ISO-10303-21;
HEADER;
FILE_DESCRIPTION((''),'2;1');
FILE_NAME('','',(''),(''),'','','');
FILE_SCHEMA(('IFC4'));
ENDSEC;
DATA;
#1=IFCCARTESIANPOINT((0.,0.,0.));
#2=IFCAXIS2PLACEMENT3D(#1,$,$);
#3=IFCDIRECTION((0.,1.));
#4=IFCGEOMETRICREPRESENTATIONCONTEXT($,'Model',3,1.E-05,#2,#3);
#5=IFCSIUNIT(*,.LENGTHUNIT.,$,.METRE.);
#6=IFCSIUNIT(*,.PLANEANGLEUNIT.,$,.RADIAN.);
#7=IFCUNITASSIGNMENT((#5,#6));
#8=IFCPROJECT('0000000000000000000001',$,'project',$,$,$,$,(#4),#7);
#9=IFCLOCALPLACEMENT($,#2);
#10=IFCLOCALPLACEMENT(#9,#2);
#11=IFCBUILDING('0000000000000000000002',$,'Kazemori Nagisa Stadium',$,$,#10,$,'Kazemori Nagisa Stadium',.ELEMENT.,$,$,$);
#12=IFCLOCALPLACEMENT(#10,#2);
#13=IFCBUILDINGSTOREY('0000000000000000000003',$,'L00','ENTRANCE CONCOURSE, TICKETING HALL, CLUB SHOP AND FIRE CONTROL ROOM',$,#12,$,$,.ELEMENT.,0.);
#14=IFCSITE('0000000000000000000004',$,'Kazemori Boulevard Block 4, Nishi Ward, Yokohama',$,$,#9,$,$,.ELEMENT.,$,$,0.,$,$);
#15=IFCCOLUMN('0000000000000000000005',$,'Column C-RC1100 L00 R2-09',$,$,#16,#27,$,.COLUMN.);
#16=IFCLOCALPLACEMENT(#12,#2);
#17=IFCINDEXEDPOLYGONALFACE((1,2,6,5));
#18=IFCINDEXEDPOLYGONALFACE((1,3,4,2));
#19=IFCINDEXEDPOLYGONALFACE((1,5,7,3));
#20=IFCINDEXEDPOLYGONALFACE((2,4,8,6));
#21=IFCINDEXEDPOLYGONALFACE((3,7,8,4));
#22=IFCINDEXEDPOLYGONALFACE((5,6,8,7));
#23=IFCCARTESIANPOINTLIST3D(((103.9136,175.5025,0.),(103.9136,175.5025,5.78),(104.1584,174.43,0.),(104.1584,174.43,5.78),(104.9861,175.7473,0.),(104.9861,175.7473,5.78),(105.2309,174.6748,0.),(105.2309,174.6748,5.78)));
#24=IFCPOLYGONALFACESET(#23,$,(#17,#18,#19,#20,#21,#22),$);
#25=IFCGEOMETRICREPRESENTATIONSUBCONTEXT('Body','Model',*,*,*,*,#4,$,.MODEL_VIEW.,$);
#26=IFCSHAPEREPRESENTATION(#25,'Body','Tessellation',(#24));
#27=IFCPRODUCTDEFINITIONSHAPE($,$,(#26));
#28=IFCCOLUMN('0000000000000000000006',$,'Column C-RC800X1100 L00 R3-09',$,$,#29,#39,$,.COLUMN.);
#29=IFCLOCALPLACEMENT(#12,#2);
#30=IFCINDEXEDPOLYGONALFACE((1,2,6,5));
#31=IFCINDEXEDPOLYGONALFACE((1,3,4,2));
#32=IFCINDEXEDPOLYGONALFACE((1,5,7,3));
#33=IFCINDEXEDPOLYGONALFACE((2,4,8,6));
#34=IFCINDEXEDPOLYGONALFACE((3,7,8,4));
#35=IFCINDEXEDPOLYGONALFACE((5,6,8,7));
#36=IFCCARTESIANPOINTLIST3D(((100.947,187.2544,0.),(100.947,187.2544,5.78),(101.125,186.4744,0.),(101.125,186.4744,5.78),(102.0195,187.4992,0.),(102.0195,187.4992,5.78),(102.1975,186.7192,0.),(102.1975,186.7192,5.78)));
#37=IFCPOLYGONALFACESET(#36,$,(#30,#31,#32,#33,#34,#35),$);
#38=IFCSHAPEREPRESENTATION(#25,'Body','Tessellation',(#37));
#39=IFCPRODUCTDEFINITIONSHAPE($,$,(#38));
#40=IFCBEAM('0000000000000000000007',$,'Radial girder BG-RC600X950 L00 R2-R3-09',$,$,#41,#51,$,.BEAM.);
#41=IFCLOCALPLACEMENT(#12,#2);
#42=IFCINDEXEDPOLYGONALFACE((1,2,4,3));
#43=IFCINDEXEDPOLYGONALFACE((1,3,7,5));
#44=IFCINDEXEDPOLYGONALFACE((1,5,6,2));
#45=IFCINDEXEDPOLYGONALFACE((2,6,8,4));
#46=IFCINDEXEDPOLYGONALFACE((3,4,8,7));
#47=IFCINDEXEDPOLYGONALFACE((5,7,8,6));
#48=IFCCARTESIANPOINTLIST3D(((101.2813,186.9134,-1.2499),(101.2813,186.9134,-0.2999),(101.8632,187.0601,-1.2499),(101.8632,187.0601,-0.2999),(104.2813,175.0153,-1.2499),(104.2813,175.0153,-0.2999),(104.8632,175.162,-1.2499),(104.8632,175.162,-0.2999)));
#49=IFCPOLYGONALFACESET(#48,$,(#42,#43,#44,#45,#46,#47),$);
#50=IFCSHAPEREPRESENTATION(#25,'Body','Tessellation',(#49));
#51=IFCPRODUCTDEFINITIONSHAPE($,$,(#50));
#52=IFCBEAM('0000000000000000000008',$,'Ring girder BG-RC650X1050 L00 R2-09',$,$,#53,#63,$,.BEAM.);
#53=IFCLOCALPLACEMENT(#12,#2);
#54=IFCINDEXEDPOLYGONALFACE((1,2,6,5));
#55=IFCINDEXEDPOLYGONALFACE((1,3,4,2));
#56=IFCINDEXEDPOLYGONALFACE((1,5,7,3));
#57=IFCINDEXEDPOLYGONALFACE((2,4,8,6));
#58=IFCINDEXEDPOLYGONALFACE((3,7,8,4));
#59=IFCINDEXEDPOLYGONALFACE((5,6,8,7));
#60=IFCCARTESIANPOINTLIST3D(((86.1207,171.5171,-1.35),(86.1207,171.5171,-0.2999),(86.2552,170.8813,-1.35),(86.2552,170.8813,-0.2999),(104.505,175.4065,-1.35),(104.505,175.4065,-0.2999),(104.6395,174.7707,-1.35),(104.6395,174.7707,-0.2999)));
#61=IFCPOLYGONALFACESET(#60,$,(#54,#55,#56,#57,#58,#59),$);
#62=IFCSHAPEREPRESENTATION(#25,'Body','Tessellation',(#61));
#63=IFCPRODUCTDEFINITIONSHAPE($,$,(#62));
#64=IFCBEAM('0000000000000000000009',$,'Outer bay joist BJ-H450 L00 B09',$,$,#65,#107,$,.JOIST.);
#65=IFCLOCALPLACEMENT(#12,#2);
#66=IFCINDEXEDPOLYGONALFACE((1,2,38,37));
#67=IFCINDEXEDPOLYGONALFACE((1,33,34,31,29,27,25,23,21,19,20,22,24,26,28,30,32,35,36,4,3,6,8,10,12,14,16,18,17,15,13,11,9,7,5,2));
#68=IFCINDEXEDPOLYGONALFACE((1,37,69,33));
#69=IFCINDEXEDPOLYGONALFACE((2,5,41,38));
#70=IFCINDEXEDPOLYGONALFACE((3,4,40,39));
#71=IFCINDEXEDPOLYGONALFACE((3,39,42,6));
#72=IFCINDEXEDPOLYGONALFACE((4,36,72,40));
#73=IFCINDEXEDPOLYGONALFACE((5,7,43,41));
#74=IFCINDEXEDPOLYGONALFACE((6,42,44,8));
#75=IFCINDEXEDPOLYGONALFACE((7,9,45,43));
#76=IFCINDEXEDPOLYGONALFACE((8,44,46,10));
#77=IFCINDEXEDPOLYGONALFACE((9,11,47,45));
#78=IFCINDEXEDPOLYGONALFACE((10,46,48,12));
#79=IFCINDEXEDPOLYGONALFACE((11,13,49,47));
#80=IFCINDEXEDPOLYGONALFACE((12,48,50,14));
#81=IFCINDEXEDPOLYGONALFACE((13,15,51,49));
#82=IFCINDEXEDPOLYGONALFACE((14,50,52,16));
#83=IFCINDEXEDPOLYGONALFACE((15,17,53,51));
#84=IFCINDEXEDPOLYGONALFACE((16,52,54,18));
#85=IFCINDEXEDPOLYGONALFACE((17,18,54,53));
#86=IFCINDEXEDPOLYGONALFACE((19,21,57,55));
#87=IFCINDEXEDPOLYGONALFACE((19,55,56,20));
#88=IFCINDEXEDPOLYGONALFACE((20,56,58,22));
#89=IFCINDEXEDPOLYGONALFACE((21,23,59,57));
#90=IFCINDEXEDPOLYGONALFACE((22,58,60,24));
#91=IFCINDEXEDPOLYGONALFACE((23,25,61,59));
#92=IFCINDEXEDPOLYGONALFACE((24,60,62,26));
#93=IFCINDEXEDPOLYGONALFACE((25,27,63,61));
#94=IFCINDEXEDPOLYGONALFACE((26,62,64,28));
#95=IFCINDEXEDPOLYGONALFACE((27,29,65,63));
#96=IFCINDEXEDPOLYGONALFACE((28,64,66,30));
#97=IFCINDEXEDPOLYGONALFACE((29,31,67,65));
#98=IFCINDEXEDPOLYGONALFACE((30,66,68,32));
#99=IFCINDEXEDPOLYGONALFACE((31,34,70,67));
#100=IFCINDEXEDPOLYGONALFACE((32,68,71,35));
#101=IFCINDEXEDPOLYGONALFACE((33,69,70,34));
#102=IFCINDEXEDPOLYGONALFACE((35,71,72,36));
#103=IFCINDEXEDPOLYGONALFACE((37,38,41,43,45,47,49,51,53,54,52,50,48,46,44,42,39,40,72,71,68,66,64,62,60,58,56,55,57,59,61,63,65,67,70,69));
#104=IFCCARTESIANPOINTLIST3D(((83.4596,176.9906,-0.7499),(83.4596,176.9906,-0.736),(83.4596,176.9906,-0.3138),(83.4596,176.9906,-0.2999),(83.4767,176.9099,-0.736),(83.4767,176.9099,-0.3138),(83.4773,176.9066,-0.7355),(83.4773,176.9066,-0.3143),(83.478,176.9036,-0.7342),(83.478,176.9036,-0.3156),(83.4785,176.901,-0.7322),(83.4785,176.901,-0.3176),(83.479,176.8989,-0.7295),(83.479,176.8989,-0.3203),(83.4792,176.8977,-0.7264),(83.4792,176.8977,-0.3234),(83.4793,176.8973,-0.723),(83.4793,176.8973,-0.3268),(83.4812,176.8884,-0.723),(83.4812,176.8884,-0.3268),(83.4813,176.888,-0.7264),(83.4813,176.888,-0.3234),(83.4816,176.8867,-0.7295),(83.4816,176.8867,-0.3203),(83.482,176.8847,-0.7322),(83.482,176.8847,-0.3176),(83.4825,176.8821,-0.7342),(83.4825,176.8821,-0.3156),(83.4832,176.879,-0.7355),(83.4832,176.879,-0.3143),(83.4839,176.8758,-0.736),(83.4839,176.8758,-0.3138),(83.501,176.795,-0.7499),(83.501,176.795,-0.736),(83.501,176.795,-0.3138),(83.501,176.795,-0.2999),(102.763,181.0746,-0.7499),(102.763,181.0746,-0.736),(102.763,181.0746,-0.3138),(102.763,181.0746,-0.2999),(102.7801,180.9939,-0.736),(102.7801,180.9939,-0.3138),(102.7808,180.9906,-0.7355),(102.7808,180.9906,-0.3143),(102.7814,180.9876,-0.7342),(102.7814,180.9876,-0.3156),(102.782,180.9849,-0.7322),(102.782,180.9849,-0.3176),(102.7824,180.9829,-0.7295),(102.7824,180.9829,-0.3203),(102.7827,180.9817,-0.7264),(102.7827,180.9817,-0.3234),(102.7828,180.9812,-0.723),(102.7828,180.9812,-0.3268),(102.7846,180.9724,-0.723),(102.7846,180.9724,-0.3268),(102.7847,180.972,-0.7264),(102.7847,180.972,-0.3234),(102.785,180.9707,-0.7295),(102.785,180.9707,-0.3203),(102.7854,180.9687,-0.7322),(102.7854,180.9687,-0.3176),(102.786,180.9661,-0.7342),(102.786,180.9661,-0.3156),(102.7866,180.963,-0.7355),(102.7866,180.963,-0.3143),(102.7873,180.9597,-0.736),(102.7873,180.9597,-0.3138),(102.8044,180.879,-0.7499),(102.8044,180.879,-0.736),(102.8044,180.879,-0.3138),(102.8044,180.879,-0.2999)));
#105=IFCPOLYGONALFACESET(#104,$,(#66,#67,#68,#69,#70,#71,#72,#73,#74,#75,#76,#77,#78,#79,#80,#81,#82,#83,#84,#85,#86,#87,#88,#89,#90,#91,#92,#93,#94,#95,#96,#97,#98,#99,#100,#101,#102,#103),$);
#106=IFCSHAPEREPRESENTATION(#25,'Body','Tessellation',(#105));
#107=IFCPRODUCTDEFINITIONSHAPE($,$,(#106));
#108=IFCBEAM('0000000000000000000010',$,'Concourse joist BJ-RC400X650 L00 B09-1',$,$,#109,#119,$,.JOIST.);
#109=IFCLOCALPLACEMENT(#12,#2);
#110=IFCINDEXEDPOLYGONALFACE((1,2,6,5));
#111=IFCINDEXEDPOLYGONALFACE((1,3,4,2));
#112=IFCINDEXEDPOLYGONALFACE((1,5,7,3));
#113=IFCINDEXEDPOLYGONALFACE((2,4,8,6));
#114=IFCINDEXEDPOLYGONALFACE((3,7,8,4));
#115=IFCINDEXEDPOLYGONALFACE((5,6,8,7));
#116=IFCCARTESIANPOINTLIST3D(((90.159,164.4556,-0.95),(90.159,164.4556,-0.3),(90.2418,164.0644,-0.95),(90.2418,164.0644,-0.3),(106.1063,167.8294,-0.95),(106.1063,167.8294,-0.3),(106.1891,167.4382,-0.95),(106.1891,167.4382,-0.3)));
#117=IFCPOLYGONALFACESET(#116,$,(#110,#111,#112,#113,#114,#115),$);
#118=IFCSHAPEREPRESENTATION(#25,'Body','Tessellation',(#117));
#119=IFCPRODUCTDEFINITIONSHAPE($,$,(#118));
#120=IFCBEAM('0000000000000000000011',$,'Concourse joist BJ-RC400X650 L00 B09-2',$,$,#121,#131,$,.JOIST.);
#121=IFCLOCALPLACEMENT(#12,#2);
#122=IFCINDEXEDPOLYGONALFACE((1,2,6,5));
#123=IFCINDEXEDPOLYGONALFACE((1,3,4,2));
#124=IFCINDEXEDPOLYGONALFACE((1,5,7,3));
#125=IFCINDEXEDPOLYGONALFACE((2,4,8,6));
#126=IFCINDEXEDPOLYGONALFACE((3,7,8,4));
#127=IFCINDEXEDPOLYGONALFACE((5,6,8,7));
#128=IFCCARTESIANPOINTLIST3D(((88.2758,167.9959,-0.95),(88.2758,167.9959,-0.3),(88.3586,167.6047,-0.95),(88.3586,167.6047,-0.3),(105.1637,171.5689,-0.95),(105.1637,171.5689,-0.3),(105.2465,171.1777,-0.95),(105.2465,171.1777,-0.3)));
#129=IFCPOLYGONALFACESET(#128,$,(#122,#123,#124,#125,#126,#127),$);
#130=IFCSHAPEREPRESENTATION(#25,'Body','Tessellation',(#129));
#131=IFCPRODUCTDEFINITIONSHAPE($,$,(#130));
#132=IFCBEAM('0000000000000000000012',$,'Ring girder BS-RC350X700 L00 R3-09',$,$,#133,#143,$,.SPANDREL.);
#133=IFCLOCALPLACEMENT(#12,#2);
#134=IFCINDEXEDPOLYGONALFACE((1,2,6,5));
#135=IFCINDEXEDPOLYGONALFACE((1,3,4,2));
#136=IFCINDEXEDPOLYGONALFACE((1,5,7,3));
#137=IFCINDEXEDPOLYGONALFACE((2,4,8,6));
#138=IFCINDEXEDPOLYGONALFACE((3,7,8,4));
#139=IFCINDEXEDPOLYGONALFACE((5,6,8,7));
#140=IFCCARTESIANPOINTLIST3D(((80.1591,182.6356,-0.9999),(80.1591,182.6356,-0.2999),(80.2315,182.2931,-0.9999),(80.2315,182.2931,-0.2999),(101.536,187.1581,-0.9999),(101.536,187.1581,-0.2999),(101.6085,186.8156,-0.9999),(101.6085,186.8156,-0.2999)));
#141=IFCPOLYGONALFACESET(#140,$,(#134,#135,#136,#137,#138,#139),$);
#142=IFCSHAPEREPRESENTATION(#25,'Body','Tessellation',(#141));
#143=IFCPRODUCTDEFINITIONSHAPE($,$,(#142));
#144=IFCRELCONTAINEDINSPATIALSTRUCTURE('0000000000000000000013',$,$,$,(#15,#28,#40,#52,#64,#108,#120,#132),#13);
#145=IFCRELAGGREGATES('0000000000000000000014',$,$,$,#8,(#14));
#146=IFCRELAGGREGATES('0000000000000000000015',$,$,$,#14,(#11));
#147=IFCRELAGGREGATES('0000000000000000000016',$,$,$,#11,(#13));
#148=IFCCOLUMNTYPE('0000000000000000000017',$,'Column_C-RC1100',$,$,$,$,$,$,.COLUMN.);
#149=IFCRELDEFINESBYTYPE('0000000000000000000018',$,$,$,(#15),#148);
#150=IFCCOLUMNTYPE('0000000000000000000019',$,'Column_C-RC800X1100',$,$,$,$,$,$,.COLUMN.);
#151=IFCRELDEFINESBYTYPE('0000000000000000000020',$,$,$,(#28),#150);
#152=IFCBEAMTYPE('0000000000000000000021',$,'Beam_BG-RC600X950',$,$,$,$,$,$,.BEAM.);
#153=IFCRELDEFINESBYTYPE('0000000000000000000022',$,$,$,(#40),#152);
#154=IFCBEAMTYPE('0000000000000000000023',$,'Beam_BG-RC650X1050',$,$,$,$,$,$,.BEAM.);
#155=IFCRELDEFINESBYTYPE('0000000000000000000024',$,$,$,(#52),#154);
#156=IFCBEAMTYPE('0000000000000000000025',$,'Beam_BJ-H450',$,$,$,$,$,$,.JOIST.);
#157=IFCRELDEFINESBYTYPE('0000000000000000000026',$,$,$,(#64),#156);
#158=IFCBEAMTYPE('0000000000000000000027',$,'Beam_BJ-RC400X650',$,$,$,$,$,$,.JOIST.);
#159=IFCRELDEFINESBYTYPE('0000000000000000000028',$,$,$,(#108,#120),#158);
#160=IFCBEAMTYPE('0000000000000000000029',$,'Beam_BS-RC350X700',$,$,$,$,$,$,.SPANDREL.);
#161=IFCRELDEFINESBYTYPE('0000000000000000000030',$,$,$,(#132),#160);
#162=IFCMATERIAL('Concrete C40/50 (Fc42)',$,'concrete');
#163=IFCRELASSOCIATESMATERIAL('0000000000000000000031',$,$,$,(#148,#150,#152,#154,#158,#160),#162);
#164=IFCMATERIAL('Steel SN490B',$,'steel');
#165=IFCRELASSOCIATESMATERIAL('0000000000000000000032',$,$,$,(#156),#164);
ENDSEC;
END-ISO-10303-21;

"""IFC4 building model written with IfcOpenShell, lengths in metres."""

from ifc_helpers import new_model, si_unit, direction, frame, origin, origin_2d, place, context, subcontext, project, spatial, rectangle, i_section, extrude, material, material_profile, profile_set, type_object, element, save


model = new_model("IFC4")

# Units and contexts
model_context = context("Model", 3, precision=1e-05, world=origin(), true_north=direction((0.0, 1.0)))
body_context = subcontext(model_context, "Body", "Model", "MODEL_VIEW")
ifc_project = project(units=[si_unit("LENGTHUNIT", "METRE"), si_unit("PLANEANGLEUNIT", "RADIAN")], contexts=[model_context])

# Site, building, storey
site_placement = place(None, origin())
site = spatial("IfcSite", under=ifc_project, at=site_placement, Name="Kazemori Boulevard Block 4, Nishi Ward, Yokohama", CompositionType="ELEMENT", RefElevation=0.0)
building_placement = place(site_placement, origin())
building = spatial("IfcBuilding", under=site, at=building_placement, Name="Kazemori Nagisa Stadium", LongName="Kazemori Nagisa Stadium", CompositionType="ELEMENT")
storey_placement = place(building_placement, origin())
storey = spatial("IfcBuildingStorey", under=building, at=storey_placement, Name="L00", Description="ENTRANCE CONCOURSE, TICKETING HALL, CLUB SHOP AND FIRE CONTROL ROOM", CompositionType="ELEMENT", Elevation=0.0)

# Columns
ifc_material_1 = material(Name="Concrete C40/50 (Fc42)", Category="concrete")
ifc_material_profile_1 = material_profile(ifc_material_1, rectangle(XDim=1.1001, YDim=1.1001, at=origin_2d()), Name="RC-COL-1100x1100")
ifc_profile_set_1 = profile_set([ifc_material_profile_1], Name="Concrete C40/50 (Fc42)")
column_type_1 = type_object("IfcColumnType", Name="Column_C-RC1100", PredefinedType="COLUMN", material=ifc_profile_set_1)
column_1_placement = place(storey_placement, frame((104.5723, 175.0886, 0.0), z_axis=(0.0, 0.0, 1.0), x_axis=(-0.222521, 0.974928, 0.0)))
element("IfcColumn", 1, at=column_1_placement, inside=storey, type_object=column_type_1, Name="Column C-RC1100 L00 R2-09", PredefinedType="COLUMN", context=body_context, shape_type="SweptSolid", body=[
    extrude(rectangle(XDim=1.1001, YDim=1.1001, at=origin_2d()), origin(), (0.0, 0.0, 1.0), 5.78),
])
ifc_material_profile_2 = material_profile(ifc_material_1, rectangle(XDim=0.8, YDim=1.1001, at=origin_2d()), Name="RC-COL-800x1100")
ifc_profile_set_2 = profile_set([ifc_material_profile_2], Name="Concrete C40/50 (Fc42)")
column_type_2 = type_object("IfcColumnType", Name="Column_C-RC800X1100", PredefinedType="COLUMN", material=ifc_profile_set_2)
column_2_placement = place(storey_placement, frame((101.5723, 186.9868, 0.0), z_axis=(0.0, 0.0, 1.0), x_axis=(-0.222521, 0.974928, 0.0)))
element("IfcColumn", 2, at=column_2_placement, inside=storey, type_object=column_type_2, Name="Column C-RC800X1100 L00 R3-09", PredefinedType="COLUMN", context=body_context, shape_type="SweptSolid", body=[
    extrude(rectangle(XDim=0.8, YDim=1.1001, at=origin_2d()), origin(), (0.0, 0.0, 1.0), 5.78),
])

# Beams
ifc_material_profile_3 = material_profile(ifc_material_1, rectangle(XDim=0.6001, YDim=0.95, at=origin_2d()), Name="RC-BM-600x950")
ifc_profile_set_3 = profile_set([ifc_material_profile_3], Name="Concrete C40/50 (Fc42)")
beam_type_1 = type_object("IfcBeamType", Name="Beam_BG-RC600X950", PredefinedType="BEAM", material=ifc_profile_set_3)
beam_1_placement = place(storey_placement, frame((104.5723, 175.0886, -0.7749), z_axis=(-0.244487, 0.969652, 0.0), x_axis=(-0.969652, -0.244487, 0.0)))
element("IfcBeam", 3, at=beam_1_placement, inside=storey, type_object=beam_type_1, Name="Radial girder BG-RC600X950 L00 R2-R3-09", PredefinedType="BEAM", context=body_context, shape_type="SweptSolid", body=[
    extrude(rectangle(XDim=0.6001, YDim=0.95, at=origin_2d()), origin(), (0.0, 0.0, 1.0), 12.2705),
])
ifc_material_profile_4 = material_profile(ifc_material_1, rectangle(XDim=0.6499, YDim=1.05, at=origin_2d()), Name="RC-BM-650x1050")
ifc_profile_set_4 = profile_set([ifc_material_profile_4], Name="Concrete C40/50 (Fc42)")
beam_type_2 = type_object("IfcBeamType", Name="Beam_BG-RC650X1050", PredefinedType="BEAM", material=ifc_profile_set_4)
beam_2_placement = place(storey_placement, frame((104.5723, 175.0886, -0.825), z_axis=(-0.978345, -0.20698, 0.0), x_axis=(0.20698, -0.978345, 0.0)))
element("IfcBeam", 4, at=beam_2_placement, inside=storey, type_object=beam_type_2, Name="Ring girder BG-RC650X1050 L00 R2-09", PredefinedType="BEAM", context=body_context, shape_type="SweptSolid", body=[
    extrude(rectangle(XDim=0.6499, YDim=1.05, at=origin_2d()), origin(), (0.0, 0.0, 1.0), 18.7913),
])
ifc_material_2 = material(Name="Steel SN490B", Category="steel")
ifc_material_profile_5 = material_profile(ifc_material_2, i_section(OverallWidth=0.2, OverallDepth=0.45, WebThickness=0.009, FlangeThickness=0.0139, FilletRadius=0.0129, at=origin_2d()), Name="H-450x200x9x14")
ifc_profile_set_5 = profile_set([ifc_material_profile_5], Name="Steel SN490B")
beam_type_3 = type_object("IfcBeamType", Name="Beam_BJ-H450", PredefinedType="JOIST", material=ifc_profile_set_5)
beam_3_placement = place(storey_placement, frame((102.7837, 180.9768, -0.5249), z_axis=(-0.978344, -0.206986, 0.0), x_axis=(0.206986, -0.978344, 0.0)))
element("IfcBeam", 5, at=beam_3_placement, inside=storey, type_object=beam_type_3, Name="Outer bay joist BJ-H450 L00 B09", PredefinedType="JOIST", context=body_context, shape_type="SweptSolid", body=[
    extrude(i_section(OverallWidth=0.2, OverallDepth=0.45, WebThickness=0.009, FlangeThickness=0.0139, FilletRadius=0.0129, at=origin_2d()), origin(), (0.0, 0.0, 1.0), 19.7307),
])
ifc_material_profile_6 = material_profile(ifc_material_1, rectangle(XDim=0.3999, YDim=0.6499, at=origin_2d()), Name="RC-BM-400x650")
ifc_profile_set_6 = profile_set([ifc_material_profile_6], Name="Concrete C40/50 (Fc42)")
beam_type_4 = type_object("IfcBeamType", Name="Beam_BJ-RC400X650", PredefinedType="JOIST", material=ifc_profile_set_6)
beam_4_placement = place(storey_placement, frame((106.1477, 167.6338, -0.625), z_axis=(-0.978346, -0.206977, 0.0), x_axis=(0.206977, -0.978346, 0.0)))
element("IfcBeam", 6, at=beam_4_placement, inside=storey, type_object=beam_type_4, Name="Concourse joist BJ-RC400X650 L00 B09-1", PredefinedType="JOIST", context=body_context, shape_type="SweptSolid", body=[
    extrude(rectangle(XDim=0.3999, YDim=0.6499, at=origin_2d()), origin(), (0.0, 0.0, 1.0), 16.3003),
])
beam_5_placement = place(storey_placement, frame((105.2051, 171.3733, -0.625), z_axis=(-0.978343, -0.206989, 0.0), x_axis=(0.206989, -0.978343, 0.0)))
element("IfcBeam", 7, at=beam_5_placement, inside=storey, type_object=beam_type_4, Name="Concourse joist BJ-RC400X650 L00 B09-2", PredefinedType="JOIST", context=body_context, shape_type="SweptSolid", body=[
    extrude(rectangle(XDim=0.3999, YDim=0.6499, at=origin_2d()), origin(), (0.0, 0.0, 1.0), 17.2617),
])
ifc_material_profile_7 = material_profile(ifc_material_1, rectangle(XDim=0.3501, YDim=0.7, at=origin_2d()), Name="RC-SP-350x700")
ifc_profile_set_7 = profile_set([ifc_material_profile_7], Name="Concrete C40/50 (Fc42)")
beam_type_5 = type_object("IfcBeamType", Name="Beam_BS-RC350X700", PredefinedType="SPANDREL", material=ifc_profile_set_7)
beam_6_placement = place(storey_placement, frame((101.5723, 186.9868, -0.6499), z_axis=(-0.978346, -0.206977, 0.0), x_axis=(0.206977, -0.978346, 0.0)))
element("IfcBeam", 8, at=beam_6_placement, inside=storey, type_object=beam_type_5, Name="Ring girder BS-RC350X700 L00 R3-09", PredefinedType="SPANDREL", context=body_context, shape_type="SweptSolid", body=[
    extrude(rectangle(XDim=0.3501, YDim=0.7, at=origin_2d()), origin(), (0.0, 0.0, 1.0), 21.8501),
])

save(model, "model.ifc")
